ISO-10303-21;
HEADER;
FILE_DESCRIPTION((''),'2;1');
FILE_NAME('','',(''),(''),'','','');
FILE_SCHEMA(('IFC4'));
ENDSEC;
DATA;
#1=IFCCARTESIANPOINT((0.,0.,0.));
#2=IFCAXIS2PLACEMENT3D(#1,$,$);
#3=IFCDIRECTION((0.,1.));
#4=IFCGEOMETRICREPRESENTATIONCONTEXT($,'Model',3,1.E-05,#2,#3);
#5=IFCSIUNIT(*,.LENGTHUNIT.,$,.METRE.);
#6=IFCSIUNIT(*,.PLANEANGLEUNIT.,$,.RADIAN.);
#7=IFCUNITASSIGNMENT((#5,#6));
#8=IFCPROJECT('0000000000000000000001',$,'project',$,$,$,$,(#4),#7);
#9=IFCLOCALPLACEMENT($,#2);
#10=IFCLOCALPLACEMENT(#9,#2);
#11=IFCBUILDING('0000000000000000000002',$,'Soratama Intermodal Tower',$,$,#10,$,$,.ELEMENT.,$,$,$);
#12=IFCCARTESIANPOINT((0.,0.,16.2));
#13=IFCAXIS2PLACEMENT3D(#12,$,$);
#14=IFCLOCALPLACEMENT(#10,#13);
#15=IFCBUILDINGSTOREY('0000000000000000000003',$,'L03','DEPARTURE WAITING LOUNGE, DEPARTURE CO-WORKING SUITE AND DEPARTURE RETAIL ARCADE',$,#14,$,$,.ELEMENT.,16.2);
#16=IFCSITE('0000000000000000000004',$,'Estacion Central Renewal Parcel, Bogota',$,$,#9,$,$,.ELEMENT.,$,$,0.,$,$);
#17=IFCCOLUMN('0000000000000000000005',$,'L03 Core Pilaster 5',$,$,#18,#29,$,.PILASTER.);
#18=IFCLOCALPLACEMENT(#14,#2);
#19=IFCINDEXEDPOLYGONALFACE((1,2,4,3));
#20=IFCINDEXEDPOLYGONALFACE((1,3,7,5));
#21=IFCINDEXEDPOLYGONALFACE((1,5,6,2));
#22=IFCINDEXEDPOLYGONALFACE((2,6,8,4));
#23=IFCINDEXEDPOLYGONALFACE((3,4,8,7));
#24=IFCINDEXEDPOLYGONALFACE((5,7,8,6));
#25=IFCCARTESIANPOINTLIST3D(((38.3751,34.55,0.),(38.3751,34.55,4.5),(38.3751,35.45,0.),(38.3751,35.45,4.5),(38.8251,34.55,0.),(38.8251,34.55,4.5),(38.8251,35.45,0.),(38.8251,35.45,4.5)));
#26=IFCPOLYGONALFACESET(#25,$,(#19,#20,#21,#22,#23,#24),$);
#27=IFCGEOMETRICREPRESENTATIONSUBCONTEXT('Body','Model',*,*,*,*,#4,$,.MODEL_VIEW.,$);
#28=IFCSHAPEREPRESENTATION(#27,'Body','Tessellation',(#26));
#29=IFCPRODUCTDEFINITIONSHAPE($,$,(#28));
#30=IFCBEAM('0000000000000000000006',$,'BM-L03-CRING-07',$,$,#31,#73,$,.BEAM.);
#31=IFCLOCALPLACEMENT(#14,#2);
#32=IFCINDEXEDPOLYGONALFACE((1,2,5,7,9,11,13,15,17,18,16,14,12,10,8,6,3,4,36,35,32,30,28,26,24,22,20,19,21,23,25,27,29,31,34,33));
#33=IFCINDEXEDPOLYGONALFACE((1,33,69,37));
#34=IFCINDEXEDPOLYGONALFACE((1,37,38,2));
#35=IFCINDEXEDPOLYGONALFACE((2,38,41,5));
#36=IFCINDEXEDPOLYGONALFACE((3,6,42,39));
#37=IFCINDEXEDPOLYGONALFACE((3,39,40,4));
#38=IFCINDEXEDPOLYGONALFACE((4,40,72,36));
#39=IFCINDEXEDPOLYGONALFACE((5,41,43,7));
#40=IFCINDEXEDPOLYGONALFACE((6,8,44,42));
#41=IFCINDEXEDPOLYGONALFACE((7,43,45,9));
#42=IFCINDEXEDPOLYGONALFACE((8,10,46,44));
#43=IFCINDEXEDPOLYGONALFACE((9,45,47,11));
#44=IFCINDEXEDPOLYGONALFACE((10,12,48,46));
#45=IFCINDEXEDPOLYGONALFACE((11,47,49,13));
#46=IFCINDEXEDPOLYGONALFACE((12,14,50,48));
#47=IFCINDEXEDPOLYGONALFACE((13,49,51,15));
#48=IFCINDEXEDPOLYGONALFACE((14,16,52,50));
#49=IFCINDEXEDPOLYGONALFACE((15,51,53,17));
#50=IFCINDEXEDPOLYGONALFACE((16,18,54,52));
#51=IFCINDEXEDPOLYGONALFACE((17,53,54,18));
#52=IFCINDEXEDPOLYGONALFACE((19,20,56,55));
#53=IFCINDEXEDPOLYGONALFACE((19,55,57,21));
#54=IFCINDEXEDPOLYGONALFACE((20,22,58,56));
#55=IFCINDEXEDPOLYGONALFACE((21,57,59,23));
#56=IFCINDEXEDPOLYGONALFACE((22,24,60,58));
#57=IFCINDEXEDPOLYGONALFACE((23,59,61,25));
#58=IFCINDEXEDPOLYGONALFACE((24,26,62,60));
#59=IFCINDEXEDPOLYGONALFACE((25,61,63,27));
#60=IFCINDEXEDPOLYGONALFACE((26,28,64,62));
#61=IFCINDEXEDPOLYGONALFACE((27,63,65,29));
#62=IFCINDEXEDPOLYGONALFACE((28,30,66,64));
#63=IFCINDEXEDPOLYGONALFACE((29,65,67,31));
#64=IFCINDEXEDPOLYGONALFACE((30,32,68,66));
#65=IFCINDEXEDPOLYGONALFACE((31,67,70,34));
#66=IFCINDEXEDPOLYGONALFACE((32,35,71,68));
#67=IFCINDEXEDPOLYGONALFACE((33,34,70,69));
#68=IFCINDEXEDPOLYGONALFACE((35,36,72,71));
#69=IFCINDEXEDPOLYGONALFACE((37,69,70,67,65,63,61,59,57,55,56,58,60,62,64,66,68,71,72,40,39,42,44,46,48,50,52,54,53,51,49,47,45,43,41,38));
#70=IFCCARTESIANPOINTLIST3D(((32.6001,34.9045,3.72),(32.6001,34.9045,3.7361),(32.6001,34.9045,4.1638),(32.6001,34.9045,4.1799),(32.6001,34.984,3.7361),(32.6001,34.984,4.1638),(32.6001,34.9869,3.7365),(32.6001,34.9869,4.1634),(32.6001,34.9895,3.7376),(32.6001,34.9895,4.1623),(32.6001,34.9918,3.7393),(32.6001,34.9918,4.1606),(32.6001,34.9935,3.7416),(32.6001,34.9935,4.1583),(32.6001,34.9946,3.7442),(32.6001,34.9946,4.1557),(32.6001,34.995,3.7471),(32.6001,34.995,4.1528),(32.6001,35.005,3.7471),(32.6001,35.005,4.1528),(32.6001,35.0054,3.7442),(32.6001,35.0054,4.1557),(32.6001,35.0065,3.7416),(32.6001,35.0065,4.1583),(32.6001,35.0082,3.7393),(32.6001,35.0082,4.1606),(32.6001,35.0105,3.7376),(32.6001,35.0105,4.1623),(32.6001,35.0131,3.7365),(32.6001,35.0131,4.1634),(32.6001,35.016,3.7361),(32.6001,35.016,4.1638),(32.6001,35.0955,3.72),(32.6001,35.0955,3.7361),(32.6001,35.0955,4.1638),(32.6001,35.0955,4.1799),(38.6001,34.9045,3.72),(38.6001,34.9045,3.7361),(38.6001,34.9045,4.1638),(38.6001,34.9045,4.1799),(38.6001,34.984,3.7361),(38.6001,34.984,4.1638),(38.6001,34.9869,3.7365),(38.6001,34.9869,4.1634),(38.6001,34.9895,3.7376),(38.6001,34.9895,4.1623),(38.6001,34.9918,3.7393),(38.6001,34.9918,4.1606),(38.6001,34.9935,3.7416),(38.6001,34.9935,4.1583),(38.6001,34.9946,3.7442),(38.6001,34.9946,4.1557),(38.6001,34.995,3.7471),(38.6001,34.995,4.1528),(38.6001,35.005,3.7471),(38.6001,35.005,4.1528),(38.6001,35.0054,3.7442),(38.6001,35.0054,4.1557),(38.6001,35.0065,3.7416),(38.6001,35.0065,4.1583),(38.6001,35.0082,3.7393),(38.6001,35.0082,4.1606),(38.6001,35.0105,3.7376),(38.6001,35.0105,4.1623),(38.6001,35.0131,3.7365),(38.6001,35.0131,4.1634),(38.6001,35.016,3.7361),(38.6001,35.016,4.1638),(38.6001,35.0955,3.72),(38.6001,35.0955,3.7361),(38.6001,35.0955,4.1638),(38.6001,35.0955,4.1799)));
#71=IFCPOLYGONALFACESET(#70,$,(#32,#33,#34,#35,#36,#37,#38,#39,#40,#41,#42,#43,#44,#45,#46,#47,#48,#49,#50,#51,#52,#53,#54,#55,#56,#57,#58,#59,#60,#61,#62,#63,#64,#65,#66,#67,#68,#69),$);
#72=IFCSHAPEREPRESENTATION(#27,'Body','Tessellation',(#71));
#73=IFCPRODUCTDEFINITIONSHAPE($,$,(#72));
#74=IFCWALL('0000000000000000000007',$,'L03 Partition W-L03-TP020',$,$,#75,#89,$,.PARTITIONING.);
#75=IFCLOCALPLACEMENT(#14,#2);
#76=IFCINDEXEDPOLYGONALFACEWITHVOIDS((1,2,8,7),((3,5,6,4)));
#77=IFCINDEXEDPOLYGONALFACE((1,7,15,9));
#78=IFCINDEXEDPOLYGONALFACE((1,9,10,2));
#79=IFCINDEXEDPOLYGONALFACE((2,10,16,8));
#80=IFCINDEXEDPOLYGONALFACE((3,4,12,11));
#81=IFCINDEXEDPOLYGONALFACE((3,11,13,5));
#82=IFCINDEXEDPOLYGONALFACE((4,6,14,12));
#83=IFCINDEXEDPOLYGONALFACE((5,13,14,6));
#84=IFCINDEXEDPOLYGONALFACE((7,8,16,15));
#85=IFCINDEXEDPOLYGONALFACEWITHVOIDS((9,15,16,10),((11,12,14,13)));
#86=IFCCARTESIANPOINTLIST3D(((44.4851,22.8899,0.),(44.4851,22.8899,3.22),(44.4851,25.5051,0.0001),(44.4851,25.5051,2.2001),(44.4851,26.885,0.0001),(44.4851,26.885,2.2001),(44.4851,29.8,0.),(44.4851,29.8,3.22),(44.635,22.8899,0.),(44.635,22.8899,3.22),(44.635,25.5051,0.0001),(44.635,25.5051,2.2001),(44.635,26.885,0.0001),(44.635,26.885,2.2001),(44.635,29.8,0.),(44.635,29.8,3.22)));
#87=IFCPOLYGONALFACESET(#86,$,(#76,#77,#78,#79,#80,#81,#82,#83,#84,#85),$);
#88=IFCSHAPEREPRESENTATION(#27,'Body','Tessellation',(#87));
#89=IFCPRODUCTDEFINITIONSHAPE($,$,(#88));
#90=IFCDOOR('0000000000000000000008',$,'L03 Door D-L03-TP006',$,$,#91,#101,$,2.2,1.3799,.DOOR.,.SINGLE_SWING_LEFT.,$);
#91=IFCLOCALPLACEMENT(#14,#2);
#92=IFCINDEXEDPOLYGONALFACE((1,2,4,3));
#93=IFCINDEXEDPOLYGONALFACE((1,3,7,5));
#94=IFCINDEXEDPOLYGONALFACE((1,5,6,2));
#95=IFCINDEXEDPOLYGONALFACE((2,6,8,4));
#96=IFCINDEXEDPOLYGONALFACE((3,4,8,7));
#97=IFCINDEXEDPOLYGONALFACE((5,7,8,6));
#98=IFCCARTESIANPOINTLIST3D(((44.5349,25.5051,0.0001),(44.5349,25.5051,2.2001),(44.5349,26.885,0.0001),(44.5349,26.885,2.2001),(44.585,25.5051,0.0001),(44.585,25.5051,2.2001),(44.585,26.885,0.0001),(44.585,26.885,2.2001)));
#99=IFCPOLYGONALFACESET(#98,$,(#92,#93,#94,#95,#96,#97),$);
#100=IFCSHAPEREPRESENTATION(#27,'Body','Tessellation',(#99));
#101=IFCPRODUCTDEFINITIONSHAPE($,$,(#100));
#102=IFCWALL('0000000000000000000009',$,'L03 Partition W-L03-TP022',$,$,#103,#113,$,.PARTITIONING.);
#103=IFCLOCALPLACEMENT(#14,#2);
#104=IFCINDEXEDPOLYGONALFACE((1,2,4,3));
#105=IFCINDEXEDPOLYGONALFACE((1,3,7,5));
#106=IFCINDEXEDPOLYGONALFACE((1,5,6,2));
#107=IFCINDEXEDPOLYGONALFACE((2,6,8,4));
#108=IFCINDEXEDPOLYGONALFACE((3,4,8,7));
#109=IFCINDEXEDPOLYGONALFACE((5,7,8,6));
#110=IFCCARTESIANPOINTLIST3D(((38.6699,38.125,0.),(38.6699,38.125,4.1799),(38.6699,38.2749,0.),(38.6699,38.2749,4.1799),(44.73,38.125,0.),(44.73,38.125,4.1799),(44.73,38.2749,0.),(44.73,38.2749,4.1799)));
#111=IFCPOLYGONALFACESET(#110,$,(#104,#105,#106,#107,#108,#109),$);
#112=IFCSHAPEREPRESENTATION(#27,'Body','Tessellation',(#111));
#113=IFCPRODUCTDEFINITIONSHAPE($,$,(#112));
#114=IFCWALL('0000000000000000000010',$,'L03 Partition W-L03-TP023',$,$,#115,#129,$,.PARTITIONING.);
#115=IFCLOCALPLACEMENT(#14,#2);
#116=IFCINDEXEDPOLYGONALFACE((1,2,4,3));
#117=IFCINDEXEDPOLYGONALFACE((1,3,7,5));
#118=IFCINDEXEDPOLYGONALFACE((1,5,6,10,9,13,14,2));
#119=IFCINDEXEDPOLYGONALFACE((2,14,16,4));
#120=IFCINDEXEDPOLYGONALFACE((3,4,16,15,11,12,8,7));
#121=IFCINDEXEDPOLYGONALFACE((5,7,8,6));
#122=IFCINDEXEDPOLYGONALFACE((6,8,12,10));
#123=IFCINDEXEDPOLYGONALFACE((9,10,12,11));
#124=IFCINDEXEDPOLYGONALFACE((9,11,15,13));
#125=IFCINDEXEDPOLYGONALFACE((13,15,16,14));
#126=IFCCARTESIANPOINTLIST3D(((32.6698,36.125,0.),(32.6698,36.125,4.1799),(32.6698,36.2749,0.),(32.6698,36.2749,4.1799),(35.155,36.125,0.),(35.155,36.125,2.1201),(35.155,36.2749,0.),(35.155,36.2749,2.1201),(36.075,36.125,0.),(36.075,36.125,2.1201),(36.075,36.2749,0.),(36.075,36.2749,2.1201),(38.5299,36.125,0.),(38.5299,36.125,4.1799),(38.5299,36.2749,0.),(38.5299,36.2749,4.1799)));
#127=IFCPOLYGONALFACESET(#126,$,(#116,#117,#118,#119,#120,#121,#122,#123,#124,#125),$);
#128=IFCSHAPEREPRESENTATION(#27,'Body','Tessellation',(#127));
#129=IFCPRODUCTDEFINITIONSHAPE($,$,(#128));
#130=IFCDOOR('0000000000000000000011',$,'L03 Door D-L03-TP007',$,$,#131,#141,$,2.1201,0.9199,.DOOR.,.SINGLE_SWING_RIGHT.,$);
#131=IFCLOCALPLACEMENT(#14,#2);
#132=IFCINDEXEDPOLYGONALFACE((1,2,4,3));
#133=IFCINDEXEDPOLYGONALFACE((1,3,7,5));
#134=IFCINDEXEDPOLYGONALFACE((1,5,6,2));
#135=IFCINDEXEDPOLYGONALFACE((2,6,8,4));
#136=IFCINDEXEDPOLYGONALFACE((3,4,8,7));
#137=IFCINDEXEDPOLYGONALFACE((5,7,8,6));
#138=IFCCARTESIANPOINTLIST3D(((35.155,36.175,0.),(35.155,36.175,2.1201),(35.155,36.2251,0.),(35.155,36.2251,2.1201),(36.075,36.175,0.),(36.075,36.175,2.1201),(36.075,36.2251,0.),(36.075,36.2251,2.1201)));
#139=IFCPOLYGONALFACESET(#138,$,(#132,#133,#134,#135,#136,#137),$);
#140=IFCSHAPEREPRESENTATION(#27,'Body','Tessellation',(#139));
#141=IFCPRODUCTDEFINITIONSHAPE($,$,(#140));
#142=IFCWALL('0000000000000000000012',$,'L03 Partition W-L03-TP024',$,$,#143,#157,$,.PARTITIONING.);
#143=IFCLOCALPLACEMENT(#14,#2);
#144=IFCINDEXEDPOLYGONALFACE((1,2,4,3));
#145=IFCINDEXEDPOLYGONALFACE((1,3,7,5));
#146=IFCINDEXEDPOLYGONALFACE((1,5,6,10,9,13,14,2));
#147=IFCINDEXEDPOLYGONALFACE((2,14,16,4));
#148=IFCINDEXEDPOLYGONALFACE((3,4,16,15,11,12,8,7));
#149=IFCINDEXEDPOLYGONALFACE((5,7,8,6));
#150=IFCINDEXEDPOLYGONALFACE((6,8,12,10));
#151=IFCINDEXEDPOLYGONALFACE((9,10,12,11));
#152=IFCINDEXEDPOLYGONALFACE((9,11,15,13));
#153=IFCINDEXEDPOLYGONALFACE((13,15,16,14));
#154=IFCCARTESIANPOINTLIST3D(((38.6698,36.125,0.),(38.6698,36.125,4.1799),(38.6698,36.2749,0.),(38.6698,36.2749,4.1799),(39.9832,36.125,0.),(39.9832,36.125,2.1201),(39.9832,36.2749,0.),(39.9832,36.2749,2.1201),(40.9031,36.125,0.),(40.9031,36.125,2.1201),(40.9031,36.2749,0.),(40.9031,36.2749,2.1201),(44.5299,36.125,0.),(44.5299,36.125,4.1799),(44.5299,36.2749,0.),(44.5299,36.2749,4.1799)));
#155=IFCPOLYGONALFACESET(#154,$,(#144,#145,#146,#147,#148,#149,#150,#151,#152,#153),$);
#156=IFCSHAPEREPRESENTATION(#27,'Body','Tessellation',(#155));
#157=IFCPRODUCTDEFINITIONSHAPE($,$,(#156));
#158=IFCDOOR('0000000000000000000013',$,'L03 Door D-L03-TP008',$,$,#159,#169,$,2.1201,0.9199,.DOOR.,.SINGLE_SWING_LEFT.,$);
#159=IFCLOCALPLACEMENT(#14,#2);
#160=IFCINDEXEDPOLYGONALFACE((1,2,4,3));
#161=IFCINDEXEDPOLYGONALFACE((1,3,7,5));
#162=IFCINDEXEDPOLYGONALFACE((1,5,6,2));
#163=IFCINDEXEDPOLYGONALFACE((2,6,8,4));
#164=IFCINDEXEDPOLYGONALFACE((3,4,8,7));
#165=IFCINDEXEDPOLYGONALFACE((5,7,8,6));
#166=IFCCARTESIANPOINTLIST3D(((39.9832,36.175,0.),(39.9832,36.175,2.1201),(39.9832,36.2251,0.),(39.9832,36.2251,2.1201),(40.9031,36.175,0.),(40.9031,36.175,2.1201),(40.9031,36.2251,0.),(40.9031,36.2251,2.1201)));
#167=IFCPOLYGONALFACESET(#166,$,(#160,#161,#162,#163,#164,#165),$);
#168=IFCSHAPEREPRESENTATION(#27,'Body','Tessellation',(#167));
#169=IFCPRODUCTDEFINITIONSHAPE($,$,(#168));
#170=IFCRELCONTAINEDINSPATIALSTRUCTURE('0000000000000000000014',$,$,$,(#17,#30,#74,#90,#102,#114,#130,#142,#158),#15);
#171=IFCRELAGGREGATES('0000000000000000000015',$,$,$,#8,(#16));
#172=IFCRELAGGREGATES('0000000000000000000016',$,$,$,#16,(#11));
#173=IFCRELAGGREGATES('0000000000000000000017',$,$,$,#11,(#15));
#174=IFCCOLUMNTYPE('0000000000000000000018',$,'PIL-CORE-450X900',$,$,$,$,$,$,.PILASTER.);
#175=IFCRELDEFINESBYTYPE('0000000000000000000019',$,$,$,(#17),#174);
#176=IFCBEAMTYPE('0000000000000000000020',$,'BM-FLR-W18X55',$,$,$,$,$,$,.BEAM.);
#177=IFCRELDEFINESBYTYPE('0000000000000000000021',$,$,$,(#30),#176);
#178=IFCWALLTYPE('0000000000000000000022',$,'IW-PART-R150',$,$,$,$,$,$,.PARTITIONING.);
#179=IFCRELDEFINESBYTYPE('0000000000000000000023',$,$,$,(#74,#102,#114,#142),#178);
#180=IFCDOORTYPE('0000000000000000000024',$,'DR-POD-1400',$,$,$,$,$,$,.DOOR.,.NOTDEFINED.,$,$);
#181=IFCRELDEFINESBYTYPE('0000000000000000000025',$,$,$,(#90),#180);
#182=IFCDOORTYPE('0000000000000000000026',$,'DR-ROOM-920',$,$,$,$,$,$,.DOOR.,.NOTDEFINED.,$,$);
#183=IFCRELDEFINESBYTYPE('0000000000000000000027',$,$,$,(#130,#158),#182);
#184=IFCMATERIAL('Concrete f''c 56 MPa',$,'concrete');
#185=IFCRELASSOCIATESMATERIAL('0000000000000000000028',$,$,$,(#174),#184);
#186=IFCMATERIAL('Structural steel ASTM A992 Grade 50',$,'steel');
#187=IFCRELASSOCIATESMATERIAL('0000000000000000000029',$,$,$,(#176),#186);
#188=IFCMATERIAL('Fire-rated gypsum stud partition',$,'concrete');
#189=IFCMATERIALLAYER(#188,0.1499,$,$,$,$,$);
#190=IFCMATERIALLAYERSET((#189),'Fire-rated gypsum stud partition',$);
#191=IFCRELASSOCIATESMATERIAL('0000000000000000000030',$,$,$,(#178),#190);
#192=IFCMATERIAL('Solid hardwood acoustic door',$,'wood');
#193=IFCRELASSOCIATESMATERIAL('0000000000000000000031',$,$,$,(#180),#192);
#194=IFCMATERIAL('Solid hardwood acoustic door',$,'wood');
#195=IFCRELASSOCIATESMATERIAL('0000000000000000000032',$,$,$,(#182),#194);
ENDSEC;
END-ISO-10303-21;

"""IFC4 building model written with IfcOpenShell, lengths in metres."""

from ifc_helpers import new_model, si_unit, direction, frame, frame_2d, origin, origin_2d, place, context, subcontext, project, spatial, rectangle, i_section, extrude, material, layer, layer_set, material_profile, profile_set, type_object, element, fill, save


model = new_model("IFC4")

# Units and contexts
model_context = context("Model", 3, precision=1e-05, world=origin(), true_north=direction((0.0, 1.0)))
body_context = subcontext(model_context, "Body", "Model", "MODEL_VIEW")
ifc_project = project(units=[si_unit("LENGTHUNIT", "METRE"), si_unit("PLANEANGLEUNIT", "RADIAN")], contexts=[model_context])

# Site, building, storey
site_placement = place(None, origin())
site = spatial("IfcSite", under=ifc_project, at=site_placement, Name="Estacion Central Renewal Parcel, Bogota", CompositionType="ELEMENT", RefElevation=0.0)
building_placement = place(site_placement, origin())
building = spatial("IfcBuilding", under=site, at=building_placement, Name="Soratama Intermodal Tower", CompositionType="ELEMENT")
storey_placement = place(building_placement, frame((0.0, 0.0, 16.2)))
storey = spatial("IfcBuildingStorey", under=building, at=storey_placement, Name="L03", Description="DEPARTURE WAITING LOUNGE, DEPARTURE CO-WORKING SUITE AND DEPARTURE RETAIL ARCADE", CompositionType="ELEMENT", Elevation=16.2)

# Column
ifc_material_1 = material(Name="Concrete f'c 56 MPa", Category="concrete")
ifc_material_profile_1 = material_profile(ifc_material_1, rectangle(XDim=0.45, YDim=0.8999, at=origin_2d()), Name="RC450X900")
ifc_profile_set_1 = profile_set([ifc_material_profile_1], Name="Concrete f'c 56 MPa")
column_type = type_object("IfcColumnType", Name="PIL-CORE-450X900", PredefinedType="PILASTER", material=ifc_profile_set_1)
column_placement = place(storey_placement, frame((38.6001, 35.0, 0.0), z_axis=(0.0, 0.0, 1.0), x_axis=(1.0, 0.0, 0.0)))
element("IfcColumn", 1, at=column_placement, inside=storey, type_object=column_type, Name="L03 Core Pilaster 5", PredefinedType="PILASTER", context=body_context, shape_type="SweptSolid", body=[
    extrude(rectangle(XDim=0.45, YDim=0.8999, at=origin_2d()), origin(), (0.0, 0.0, 1.0), 4.5),
])

# Beam
ifc_material_2 = material(Name="Structural steel ASTM A992 Grade 50", Category="steel")
ifc_material_profile_2 = material_profile(ifc_material_2, i_section(OverallWidth=0.1909, OverallDepth=0.46, WebThickness=0.01, FlangeThickness=0.0161, FilletRadius=0.011, at=origin_2d()), Name="W18X55")
ifc_profile_set_2 = profile_set([ifc_material_profile_2], Name="Structural steel ASTM A992 Grade 50")
beam_type = type_object("IfcBeamType", Name="BM-FLR-W18X55", PredefinedType="BEAM", material=ifc_profile_set_2)
beam_placement = place(storey_placement, frame((38.6001, 35.0, 3.95), z_axis=(-1.0, 0.0, 0.0), x_axis=(0.0, -1.0, 0.0)))
element("IfcBeam", 2, at=beam_placement, inside=storey, type_object=beam_type, Name="BM-L03-CRING-07", PredefinedType="BEAM", context=body_context, shape_type="SweptSolid", body=[
    extrude(i_section(OverallWidth=0.1909, OverallDepth=0.46, WebThickness=0.01, FlangeThickness=0.0161, FilletRadius=0.011, at=origin_2d()), origin(), (0.0, 0.0, 1.0), 6.0),
])

# Wall, opening, door
ifc_material_3 = material(Name="Fire-rated gypsum stud partition", Category="concrete")
ifc_layer_1 = layer(ifc_material_3, 0.1499)
ifc_layer_set_1 = layer_set([ifc_layer_1], Name="Fire-rated gypsum stud partition")
wall_type_1 = type_object("IfcWallType", Name="IW-PART-R150", PredefinedType="PARTITIONING", material=ifc_layer_set_1)
wall_1_placement = place(storey_placement, frame((44.5601, 29.8, 0.0), z_axis=(0.0, 0.0, 1.0), x_axis=(0.0, -1.0, 0.0)))
wall_1 = element("IfcWall", 3, at=wall_1_placement, inside=storey, type_object=wall_type_1, Name="L03 Partition W-L03-TP020", PredefinedType="PARTITIONING", context=body_context, shape_type="SweptSolid", body=[
    extrude(rectangle(XDim=6.9102, YDim=0.1499, at=frame_2d((3.4551, 0.0))), origin(), (0.0, 0.0, 1.0), 3.22),
])
opening_1_placement = place(wall_1_placement, frame((2.915, 0.0, 0.0)))
opening_1 = element("IfcOpeningElement", 4, at=opening_1_placement, cuts=wall_1, PredefinedType="OPENING", context=body_context, shape_type="SweptSolid", body=[
    extrude(rectangle(XDim=1.3799, YDim=2.2, at=frame_2d((0.6899, 1.1001))), frame((0.0, 0.085, 0.0), z_axis=(0.0, -1.0, 0.0), x_axis=(1.0, 0.0, 0.0)), (0.0, 0.0, 1.0), 0.1699),
])
ifc_material_4 = material(Name="Solid hardwood acoustic door", Category="wood")
door_type_1 = type_object("IfcDoorType", Name="DR-POD-1400", OperationType="NOTDEFINED", PredefinedType="DOOR", material=ifc_material_4)
door_1_placement = place(opening_1_placement, origin())
door_1 = element("IfcDoor", 5, at=door_1_placement, inside=storey, type_object=door_type_1, Name="L03 Door D-L03-TP006", OperationType="SINGLE_SWING_LEFT", OverallHeight=2.2, OverallWidth=1.3799, PredefinedType="DOOR", context=body_context, shape_type="SweptSolid", body=[
    extrude(rectangle(XDim=1.3799, YDim=2.2, at=frame_2d((0.6899, 1.1001))), frame((0.0, 0.0249, 0.0), z_axis=(0.0, -1.0, 0.0), x_axis=(1.0, 0.0, 0.0)), (0.0, 0.0, 1.0), 0.05),
])
fill(opening_1, door_1)

# Wall
wall_2_placement = place(storey_placement, frame((38.6699, 38.2, 0.0), z_axis=(0.0, 0.0, 1.0), x_axis=(1.0, 0.0, 0.0)))
element("IfcWall", 6, at=wall_2_placement, inside=storey, type_object=wall_type_1, Name="L03 Partition W-L03-TP022", PredefinedType="PARTITIONING", context=body_context, shape_type="SweptSolid", body=[
    extrude(rectangle(XDim=6.0601, YDim=0.1499, at=frame_2d((3.03, 0.0))), origin(), (0.0, 0.0, 1.0), 4.1799),
])

# Walls, openings, doors
wall_3_placement = place(storey_placement, frame((38.53, 36.2, 0.0), z_axis=(0.0, 0.0, 1.0), x_axis=(-1.0, 0.0, 0.0)))
wall_3 = element("IfcWall", 7, at=wall_3_placement, inside=storey, type_object=wall_type_1, Name="L03 Partition W-L03-TP023", PredefinedType="PARTITIONING", context=body_context, shape_type="SweptSolid", body=[
    extrude(rectangle(XDim=5.8601, YDim=0.1499, at=frame_2d((2.9302, 0.0))), origin(), (0.0, 0.0, 1.0), 4.1799),
])
opening_2_placement = place(wall_3_placement, frame((2.4551, 0.0, 0.0)))
opening_2 = element("IfcOpeningElement", 8, at=opening_2_placement, cuts=wall_3, PredefinedType="OPENING", context=body_context, shape_type="SweptSolid", body=[
    extrude(rectangle(XDim=0.9199, YDim=2.1201, at=frame_2d((0.46, 1.0601))), frame((0.0, 0.085, 0.0), z_axis=(0.0, -1.0, 0.0), x_axis=(1.0, 0.0, 0.0)), (0.0, 0.0, 1.0), 0.1699),
])
ifc_material_5 = material(Name="Solid hardwood acoustic door", Category="wood")
door_type_2 = type_object("IfcDoorType", Name="DR-ROOM-920", OperationType="NOTDEFINED", PredefinedType="DOOR", material=ifc_material_5)
door_2_placement = place(opening_2_placement, origin())
door_2 = element("IfcDoor", 9, at=door_2_placement, inside=storey, type_object=door_type_2, Name="L03 Door D-L03-TP007", OperationType="SINGLE_SWING_RIGHT", OverallHeight=2.1201, OverallWidth=0.9199, PredefinedType="DOOR", context=body_context, shape_type="SweptSolid", body=[
    extrude(rectangle(XDim=0.9199, YDim=2.1201, at=frame_2d((0.46, 1.0601))), frame((0.0, 0.0249, 0.0), z_axis=(0.0, -1.0, 0.0), x_axis=(1.0, 0.0, 0.0)), (0.0, 0.0, 1.0), 0.05),
])
fill(opening_2, door_2)
wall_4_placement = place(storey_placement, frame((44.53, 36.2, 0.0), z_axis=(0.0, 0.0, 1.0), x_axis=(-1.0, 0.0, 0.0)))
wall_4 = element("IfcWall", 10, at=wall_4_placement, inside=storey, type_object=wall_type_1, Name="L03 Partition W-L03-TP024", PredefinedType="PARTITIONING", context=body_context, shape_type="SweptSolid", body=[
    extrude(rectangle(XDim=5.8601, YDim=0.1499, at=frame_2d((2.9302, 0.0))), origin(), (0.0, 0.0, 1.0), 4.1799),
])
opening_3_placement = place(wall_4_placement, frame((3.627, 0.0, 0.0)))
opening_3 = element("IfcOpeningElement", 11, at=opening_3_placement, cuts=wall_4, PredefinedType="OPENING", context=body_context, shape_type="SweptSolid", body=[
    extrude(rectangle(XDim=0.9199, YDim=2.1201, at=frame_2d((0.46, 1.0601))), frame((0.0, 0.085, 0.0), z_axis=(0.0, -1.0, 0.0), x_axis=(1.0, 0.0, 0.0)), (0.0, 0.0, 1.0), 0.1699),
])
door_3_placement = place(opening_3_placement, origin())
door_3 = element("IfcDoor", 12, at=door_3_placement, inside=storey, type_object=door_type_2, Name="L03 Door D-L03-TP008", OperationType="SINGLE_SWING_LEFT", OverallHeight=2.1201, OverallWidth=0.9199, PredefinedType="DOOR", context=body_context, shape_type="SweptSolid", body=[
    extrude(rectangle(XDim=0.9199, YDim=2.1201, at=frame_2d((0.46, 1.0601))), frame((0.0, 0.0249, 0.0), z_axis=(0.0, -1.0, 0.0), x_axis=(1.0, 0.0, 0.0)), (0.0, 0.0, 1.0), 0.05),
])
fill(opening_3, door_3)

save(model, "model.ifc")
